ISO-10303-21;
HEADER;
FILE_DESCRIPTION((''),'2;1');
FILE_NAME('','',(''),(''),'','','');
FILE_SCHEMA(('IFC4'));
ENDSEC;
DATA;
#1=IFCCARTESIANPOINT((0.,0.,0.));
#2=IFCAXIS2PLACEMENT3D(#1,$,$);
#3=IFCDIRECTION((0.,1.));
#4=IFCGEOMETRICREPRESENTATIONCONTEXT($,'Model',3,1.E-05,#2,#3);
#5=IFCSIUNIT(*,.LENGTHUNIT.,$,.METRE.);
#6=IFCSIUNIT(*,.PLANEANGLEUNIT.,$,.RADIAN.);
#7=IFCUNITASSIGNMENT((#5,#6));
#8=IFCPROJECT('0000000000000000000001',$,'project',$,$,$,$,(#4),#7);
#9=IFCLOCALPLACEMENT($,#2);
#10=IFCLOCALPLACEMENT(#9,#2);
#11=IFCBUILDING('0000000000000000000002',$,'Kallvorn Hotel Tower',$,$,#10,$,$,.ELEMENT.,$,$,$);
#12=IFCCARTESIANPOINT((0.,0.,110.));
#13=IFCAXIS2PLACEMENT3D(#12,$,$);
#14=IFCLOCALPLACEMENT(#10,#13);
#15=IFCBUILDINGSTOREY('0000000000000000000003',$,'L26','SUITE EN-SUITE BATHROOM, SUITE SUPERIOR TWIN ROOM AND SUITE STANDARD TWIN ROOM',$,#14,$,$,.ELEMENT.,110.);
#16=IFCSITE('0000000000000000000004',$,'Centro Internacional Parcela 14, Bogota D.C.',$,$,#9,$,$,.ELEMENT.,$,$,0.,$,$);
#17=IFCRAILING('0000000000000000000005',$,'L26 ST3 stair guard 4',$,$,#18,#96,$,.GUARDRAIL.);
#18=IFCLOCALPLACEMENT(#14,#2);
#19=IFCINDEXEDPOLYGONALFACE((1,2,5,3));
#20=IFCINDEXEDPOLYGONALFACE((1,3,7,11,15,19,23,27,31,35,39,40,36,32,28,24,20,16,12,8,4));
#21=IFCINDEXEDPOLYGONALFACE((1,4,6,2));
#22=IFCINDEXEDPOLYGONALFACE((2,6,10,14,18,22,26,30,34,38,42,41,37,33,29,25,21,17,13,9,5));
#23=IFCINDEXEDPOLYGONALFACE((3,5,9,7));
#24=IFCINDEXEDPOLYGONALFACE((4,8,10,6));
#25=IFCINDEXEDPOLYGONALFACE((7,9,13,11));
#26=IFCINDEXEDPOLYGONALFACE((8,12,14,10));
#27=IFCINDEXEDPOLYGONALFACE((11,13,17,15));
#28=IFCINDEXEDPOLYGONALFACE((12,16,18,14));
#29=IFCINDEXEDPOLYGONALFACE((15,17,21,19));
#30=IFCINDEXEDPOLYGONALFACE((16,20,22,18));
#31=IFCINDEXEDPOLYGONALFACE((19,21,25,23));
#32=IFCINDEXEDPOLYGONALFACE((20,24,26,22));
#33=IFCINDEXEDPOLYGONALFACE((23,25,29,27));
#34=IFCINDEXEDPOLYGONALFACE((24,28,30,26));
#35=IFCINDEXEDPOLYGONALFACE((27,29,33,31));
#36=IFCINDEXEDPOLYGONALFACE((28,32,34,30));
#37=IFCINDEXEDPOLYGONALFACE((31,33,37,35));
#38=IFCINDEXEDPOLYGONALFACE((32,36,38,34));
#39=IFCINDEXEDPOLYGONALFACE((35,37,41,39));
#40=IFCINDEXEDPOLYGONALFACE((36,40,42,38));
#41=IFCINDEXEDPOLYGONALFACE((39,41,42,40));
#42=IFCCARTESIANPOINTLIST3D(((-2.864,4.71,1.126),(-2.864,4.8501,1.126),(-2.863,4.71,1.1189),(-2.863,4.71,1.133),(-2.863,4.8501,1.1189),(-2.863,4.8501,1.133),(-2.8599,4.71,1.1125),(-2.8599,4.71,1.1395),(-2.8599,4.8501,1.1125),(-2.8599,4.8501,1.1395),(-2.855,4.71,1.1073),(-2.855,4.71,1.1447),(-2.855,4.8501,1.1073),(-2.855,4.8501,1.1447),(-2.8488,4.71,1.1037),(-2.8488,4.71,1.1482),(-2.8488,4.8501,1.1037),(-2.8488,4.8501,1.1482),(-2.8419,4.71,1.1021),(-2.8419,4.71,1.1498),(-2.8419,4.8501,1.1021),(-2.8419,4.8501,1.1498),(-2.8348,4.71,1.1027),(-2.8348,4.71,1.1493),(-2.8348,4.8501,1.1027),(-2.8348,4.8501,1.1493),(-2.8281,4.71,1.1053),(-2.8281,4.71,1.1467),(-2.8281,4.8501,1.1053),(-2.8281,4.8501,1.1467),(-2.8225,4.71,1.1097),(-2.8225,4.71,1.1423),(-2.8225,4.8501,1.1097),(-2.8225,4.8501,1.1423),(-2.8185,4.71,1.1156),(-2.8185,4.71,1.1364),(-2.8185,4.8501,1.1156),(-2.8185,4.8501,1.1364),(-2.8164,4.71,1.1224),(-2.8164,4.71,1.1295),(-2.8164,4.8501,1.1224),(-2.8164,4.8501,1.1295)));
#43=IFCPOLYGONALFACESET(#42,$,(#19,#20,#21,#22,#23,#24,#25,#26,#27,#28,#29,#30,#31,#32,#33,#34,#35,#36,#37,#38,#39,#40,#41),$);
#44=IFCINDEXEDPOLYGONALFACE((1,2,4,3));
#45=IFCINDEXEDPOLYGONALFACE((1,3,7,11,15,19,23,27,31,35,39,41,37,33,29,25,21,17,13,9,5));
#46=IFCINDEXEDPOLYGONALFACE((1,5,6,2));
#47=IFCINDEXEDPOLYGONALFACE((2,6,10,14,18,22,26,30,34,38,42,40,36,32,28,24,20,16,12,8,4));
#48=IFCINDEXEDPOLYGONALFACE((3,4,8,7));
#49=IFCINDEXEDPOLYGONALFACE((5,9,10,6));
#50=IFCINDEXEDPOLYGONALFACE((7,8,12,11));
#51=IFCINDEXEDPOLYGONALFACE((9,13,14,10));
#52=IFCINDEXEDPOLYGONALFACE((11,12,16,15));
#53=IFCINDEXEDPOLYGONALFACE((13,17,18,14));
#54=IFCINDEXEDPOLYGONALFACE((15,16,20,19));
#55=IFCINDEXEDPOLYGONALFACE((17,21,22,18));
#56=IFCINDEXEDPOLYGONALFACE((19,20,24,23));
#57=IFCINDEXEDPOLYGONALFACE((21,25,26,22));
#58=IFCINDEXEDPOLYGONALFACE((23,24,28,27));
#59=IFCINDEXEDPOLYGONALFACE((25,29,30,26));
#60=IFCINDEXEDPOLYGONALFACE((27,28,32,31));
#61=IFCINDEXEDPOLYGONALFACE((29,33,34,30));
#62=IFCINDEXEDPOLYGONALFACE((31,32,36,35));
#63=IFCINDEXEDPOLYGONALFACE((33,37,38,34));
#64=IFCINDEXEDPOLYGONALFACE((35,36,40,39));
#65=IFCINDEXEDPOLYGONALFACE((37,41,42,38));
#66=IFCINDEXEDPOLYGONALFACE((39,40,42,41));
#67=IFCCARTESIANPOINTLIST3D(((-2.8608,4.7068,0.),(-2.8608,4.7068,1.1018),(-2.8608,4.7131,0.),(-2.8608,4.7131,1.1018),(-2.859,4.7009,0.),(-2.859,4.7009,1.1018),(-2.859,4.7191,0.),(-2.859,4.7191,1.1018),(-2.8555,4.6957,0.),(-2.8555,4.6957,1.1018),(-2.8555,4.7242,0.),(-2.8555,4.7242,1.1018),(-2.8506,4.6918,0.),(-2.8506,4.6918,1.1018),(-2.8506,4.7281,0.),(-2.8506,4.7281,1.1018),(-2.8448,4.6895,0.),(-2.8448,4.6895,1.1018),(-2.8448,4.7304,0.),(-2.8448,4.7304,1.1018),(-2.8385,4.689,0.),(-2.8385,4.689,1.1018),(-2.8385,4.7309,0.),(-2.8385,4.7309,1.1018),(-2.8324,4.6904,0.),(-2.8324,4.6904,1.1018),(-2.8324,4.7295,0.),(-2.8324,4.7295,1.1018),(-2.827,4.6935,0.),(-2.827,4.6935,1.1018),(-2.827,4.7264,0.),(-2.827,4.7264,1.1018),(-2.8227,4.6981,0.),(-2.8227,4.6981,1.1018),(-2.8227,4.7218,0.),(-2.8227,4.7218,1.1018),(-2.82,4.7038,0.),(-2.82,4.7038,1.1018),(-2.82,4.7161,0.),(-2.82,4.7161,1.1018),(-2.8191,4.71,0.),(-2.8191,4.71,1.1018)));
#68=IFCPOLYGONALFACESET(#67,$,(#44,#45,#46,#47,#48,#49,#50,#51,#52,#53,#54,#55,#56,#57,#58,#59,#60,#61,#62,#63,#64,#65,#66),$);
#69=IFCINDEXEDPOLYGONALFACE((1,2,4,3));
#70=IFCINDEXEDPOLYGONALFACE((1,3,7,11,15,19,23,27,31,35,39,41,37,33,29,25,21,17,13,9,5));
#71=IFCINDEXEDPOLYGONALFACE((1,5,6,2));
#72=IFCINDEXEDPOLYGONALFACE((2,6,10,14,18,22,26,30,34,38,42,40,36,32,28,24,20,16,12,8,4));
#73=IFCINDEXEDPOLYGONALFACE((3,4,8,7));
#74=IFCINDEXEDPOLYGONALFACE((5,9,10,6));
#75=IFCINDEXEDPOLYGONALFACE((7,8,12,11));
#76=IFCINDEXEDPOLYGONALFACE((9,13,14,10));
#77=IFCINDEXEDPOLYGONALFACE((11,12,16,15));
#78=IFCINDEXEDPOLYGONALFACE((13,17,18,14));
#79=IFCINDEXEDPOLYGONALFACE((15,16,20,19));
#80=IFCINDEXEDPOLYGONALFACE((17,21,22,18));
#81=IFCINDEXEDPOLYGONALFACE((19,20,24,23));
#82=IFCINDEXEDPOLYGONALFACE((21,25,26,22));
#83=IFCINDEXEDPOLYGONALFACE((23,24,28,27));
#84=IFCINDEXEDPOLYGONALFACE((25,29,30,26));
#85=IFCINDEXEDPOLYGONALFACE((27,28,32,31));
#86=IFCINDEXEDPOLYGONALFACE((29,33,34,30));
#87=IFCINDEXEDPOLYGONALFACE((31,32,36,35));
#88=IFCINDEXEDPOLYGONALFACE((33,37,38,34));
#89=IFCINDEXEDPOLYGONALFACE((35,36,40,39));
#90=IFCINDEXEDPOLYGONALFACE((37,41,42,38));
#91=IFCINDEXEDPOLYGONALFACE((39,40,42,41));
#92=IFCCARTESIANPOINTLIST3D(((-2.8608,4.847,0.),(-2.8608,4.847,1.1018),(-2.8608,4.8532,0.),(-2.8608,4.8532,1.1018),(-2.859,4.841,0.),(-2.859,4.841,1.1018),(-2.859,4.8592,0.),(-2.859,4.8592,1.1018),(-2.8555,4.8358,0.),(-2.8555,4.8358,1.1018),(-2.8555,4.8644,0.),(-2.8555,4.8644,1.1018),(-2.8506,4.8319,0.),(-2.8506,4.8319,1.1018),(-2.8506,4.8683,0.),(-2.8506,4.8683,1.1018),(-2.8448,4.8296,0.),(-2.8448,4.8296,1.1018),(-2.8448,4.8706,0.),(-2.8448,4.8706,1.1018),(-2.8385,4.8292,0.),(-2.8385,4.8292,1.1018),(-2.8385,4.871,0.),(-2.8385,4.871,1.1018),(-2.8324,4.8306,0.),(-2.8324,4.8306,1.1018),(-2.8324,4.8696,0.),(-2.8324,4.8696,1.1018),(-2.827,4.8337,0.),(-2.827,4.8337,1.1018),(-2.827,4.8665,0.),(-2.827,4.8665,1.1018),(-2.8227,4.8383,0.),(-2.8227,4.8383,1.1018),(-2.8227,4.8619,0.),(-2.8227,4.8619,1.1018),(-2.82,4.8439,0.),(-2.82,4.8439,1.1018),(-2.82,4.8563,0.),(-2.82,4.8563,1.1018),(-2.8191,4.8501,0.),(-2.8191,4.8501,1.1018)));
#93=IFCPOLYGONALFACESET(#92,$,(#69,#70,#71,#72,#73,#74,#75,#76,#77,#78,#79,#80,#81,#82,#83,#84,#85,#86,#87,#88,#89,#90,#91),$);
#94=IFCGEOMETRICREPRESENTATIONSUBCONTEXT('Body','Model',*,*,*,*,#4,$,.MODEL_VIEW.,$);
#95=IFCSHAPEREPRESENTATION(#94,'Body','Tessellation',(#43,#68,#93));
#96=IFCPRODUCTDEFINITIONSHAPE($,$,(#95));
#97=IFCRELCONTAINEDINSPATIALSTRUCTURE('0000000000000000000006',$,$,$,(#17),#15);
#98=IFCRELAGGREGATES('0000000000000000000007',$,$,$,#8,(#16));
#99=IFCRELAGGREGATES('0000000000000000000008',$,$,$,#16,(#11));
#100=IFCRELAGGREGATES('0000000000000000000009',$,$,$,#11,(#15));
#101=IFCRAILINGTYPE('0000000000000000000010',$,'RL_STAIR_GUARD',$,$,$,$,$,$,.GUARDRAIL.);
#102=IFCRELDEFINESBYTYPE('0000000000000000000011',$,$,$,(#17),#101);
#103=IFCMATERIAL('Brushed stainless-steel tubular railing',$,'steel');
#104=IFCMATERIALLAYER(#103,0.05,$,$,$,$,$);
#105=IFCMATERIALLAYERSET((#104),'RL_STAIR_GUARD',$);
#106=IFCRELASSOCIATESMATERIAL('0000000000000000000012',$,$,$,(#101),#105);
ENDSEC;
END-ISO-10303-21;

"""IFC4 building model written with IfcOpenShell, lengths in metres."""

from ifc_helpers import new_model, si_unit, direction, frame, origin, origin_2d, place, context, subcontext, project, spatial, circle, extrude, material, layer, layer_set, type_object, element, save


model = new_model("IFC4")

# Units and contexts
model_context = context("Model", 3, precision=1e-05, world=origin(), true_north=direction((0.0, 1.0)))
body_context = subcontext(model_context, "Body", "Model", "MODEL_VIEW")
ifc_project = project(units=[si_unit("LENGTHUNIT", "METRE"), si_unit("PLANEANGLEUNIT", "RADIAN")], contexts=[model_context])

# Site, building, storey
site_placement = place(None, origin())
site = spatial("IfcSite", under=ifc_project, at=site_placement, Name="Centro Internacional Parcela 14, Bogota D.C.", CompositionType="ELEMENT", RefElevation=0.0)
building_placement = place(site_placement, origin())
building = spatial("IfcBuilding", under=site, at=building_placement, Name="Kallvorn Hotel Tower", CompositionType="ELEMENT")
storey_placement = place(building_placement, frame((0.0, 0.0, 110.0)))
storey = spatial("IfcBuildingStorey", under=building, at=storey_placement, Name="L26", Description="SUITE EN-SUITE BATHROOM, SUITE SUPERIOR TWIN ROOM AND SUITE STANDARD TWIN ROOM", CompositionType="ELEMENT", Elevation=110.0)

# Railing
ifc_material_1 = material(Name="Brushed stainless-steel tubular railing", Category="steel")
ifc_layer_1 = layer(ifc_material_1, 0.05)
ifc_layer_set_1 = layer_set([ifc_layer_1], Name="RL_STAIR_GUARD")
railing_type_1 = type_object("IfcRailingType", Name="RL_STAIR_GUARD", PredefinedType="GUARDRAIL", material=ifc_layer_set_1)
railing_1_placement = place(storey_placement, frame((-2.8401, 4.71, 0.0)))
element("IfcRailing", 1, at=railing_1_placement, inside=storey, type_object=railing_type_1, Name="L26 ST3 stair guard 4", PredefinedType="GUARDRAIL", context=body_context, shape_type="SweptSolid", body=[
    extrude(circle(Radius=0.0239, at=origin_2d()), frame((0.0, 0.0, 1.126), z_axis=(0.0, 1.0, 0.0), x_axis=(-1.0, 0.0, 0.0)), (0.0, 0.0, 1.0), 0.1401),
    extrude(circle(Radius=0.021, at=origin_2d()), origin(), (0.0, 0.0, 1.0), 1.1018),
    extrude(circle(Radius=0.021, at=origin_2d()), frame((0.0, 0.1401, 0.0)), (0.0, 0.0, 1.0), 1.1018),
])

save(model, "model.ifc")
